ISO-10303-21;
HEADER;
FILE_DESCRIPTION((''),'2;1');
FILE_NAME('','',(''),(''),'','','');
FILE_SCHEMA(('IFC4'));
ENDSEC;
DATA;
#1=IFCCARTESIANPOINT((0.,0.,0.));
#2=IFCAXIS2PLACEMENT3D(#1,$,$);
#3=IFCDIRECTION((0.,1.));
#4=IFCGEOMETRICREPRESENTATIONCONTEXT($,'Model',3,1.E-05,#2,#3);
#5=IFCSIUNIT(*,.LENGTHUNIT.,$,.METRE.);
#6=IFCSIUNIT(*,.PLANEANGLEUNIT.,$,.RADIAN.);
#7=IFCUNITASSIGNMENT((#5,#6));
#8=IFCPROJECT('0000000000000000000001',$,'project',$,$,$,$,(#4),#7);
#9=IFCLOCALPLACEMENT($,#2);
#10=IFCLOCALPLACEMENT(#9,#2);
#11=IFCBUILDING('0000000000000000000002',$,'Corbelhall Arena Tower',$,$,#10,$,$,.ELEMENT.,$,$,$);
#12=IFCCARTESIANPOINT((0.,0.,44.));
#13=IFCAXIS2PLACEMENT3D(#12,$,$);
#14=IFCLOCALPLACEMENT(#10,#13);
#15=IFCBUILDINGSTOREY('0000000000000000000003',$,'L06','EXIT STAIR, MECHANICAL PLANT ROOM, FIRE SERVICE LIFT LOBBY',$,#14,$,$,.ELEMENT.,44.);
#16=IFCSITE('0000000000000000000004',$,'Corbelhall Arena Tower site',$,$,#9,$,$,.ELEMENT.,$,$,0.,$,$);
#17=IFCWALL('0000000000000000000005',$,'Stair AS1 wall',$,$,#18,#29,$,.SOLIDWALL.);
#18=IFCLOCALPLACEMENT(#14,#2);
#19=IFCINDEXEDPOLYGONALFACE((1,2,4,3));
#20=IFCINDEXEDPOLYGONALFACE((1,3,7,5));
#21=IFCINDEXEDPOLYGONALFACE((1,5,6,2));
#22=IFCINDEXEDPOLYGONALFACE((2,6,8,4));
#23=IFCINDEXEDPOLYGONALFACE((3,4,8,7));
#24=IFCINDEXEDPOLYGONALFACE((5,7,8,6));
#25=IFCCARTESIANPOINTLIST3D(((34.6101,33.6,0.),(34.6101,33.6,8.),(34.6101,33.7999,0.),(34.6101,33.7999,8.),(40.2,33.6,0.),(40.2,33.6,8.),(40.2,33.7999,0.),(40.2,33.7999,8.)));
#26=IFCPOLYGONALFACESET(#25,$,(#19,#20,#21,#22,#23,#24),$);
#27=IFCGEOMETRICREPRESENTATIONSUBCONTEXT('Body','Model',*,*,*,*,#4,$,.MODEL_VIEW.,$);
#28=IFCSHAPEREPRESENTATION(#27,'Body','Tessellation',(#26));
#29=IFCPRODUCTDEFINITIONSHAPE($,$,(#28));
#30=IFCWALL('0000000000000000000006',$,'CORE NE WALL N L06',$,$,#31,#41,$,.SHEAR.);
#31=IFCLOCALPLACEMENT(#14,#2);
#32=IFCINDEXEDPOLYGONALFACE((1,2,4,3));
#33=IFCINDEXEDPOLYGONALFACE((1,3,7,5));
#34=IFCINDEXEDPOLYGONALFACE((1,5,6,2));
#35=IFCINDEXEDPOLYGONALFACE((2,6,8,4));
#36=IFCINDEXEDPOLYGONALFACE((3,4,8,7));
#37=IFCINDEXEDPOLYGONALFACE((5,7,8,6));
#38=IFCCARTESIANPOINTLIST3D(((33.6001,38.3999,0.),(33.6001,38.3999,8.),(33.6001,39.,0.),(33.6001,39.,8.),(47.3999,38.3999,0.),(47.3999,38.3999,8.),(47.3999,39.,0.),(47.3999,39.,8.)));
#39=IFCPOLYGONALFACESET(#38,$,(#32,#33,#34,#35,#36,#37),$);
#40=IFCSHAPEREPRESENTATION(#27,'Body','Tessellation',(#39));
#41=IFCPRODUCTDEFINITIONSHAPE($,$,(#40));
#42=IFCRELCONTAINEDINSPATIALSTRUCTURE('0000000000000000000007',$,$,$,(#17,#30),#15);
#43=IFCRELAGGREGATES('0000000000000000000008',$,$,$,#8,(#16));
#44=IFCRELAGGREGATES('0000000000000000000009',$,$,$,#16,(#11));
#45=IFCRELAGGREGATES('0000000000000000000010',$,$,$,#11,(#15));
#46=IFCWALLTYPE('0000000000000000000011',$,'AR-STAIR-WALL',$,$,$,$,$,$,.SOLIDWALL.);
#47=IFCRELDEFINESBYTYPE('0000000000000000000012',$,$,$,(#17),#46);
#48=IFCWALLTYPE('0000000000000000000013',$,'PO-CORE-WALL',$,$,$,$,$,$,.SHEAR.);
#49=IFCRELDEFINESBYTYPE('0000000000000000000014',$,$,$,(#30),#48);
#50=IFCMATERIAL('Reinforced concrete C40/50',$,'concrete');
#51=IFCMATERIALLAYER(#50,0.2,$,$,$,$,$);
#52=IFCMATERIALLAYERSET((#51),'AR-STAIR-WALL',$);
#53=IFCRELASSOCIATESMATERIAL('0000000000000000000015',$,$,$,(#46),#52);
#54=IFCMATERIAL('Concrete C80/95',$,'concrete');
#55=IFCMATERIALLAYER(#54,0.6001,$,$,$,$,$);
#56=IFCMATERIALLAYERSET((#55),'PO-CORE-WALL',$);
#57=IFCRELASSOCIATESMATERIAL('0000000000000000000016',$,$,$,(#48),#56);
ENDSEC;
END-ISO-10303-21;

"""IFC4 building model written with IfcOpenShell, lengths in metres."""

from ifc_helpers import new_model, si_unit, direction, frame, frame_2d, origin, place, context, subcontext, project, spatial, rectangle, extrude, material, layer, layer_set, type_object, element, save


model = new_model("IFC4")

# Units and contexts
model_context = context("Model", 3, precision=1e-05, world=origin(), true_north=direction((0.0, 1.0)))
body_context = subcontext(model_context, "Body", "Model", "MODEL_VIEW")
ifc_project = project(units=[si_unit("LENGTHUNIT", "METRE"), si_unit("PLANEANGLEUNIT", "RADIAN")], contexts=[model_context])

# Site, building, storey
site_placement = place(None, origin())
site = spatial("IfcSite", under=ifc_project, at=site_placement, Name="Corbelhall Arena Tower site", CompositionType="ELEMENT", RefElevation=0.0)
building_placement = place(site_placement, origin())
building = spatial("IfcBuilding", under=site, at=building_placement, Name="Corbelhall Arena Tower", CompositionType="ELEMENT")
storey_placement = place(building_placement, frame((0.0, 0.0, 44.0)))
storey = spatial("IfcBuildingStorey", under=building, at=storey_placement, Name="L06", Description="EXIT STAIR, MECHANICAL PLANT ROOM, FIRE SERVICE LIFT LOBBY", CompositionType="ELEMENT", Elevation=44.0)

# Shared definitions
ifc_material_1 = material(Name="Reinforced concrete C40/50", Category="concrete")

# Walls
ifc_layer_1 = layer(ifc_material_1, 0.2)
ifc_layer_set_1 = layer_set([ifc_layer_1], Name="AR-STAIR-WALL")
wall_type_1 = type_object("IfcWallType", Name="AR-STAIR-WALL", PredefinedType="SOLIDWALL", material=ifc_layer_set_1)
wall_1_placement = place(storey_placement, frame((34.6101, 33.7, 0.0), z_axis=(0.0, 0.0, 1.0), x_axis=(1.0, 0.0, 0.0)))
element("IfcWall", 1, at=wall_1_placement, inside=storey, type_object=wall_type_1, Name="Stair AS1 wall", PredefinedType="SOLIDWALL", context=body_context, shape_type="SweptSolid", body=[
    extrude(rectangle(XDim=5.5898, YDim=0.2, at=frame_2d((2.7949, 0.0))), origin(), (0.0, 0.0, 1.0), 8.0),
])
ifc_material_2 = material(Name="Concrete C80/95", Category="concrete")
ifc_layer_2 = layer(ifc_material_2, 0.6001)
ifc_layer_set_2 = layer_set([ifc_layer_2], Name="PO-CORE-WALL")
wall_type_2 = type_object("IfcWallType", Name="PO-CORE-WALL", PredefinedType="SHEAR", material=ifc_layer_set_2)
wall_2_placement = place(storey_placement, frame((33.6001, 38.7, 0.0), z_axis=(0.0, 0.0, 1.0), x_axis=(1.0, 0.0, 0.0)))
element("IfcWall", 2, at=wall_2_placement, inside=storey, type_object=wall_type_2, Name="CORE NE WALL N L06", PredefinedType="SHEAR", context=body_context, shape_type="SweptSolid", body=[
    extrude(rectangle(XDim=13.7998, YDim=0.6001, at=frame_2d((6.8999, 0.0))), origin(), (0.0, 0.0, 1.0), 8.0),
])

save(model, "model.ifc")
